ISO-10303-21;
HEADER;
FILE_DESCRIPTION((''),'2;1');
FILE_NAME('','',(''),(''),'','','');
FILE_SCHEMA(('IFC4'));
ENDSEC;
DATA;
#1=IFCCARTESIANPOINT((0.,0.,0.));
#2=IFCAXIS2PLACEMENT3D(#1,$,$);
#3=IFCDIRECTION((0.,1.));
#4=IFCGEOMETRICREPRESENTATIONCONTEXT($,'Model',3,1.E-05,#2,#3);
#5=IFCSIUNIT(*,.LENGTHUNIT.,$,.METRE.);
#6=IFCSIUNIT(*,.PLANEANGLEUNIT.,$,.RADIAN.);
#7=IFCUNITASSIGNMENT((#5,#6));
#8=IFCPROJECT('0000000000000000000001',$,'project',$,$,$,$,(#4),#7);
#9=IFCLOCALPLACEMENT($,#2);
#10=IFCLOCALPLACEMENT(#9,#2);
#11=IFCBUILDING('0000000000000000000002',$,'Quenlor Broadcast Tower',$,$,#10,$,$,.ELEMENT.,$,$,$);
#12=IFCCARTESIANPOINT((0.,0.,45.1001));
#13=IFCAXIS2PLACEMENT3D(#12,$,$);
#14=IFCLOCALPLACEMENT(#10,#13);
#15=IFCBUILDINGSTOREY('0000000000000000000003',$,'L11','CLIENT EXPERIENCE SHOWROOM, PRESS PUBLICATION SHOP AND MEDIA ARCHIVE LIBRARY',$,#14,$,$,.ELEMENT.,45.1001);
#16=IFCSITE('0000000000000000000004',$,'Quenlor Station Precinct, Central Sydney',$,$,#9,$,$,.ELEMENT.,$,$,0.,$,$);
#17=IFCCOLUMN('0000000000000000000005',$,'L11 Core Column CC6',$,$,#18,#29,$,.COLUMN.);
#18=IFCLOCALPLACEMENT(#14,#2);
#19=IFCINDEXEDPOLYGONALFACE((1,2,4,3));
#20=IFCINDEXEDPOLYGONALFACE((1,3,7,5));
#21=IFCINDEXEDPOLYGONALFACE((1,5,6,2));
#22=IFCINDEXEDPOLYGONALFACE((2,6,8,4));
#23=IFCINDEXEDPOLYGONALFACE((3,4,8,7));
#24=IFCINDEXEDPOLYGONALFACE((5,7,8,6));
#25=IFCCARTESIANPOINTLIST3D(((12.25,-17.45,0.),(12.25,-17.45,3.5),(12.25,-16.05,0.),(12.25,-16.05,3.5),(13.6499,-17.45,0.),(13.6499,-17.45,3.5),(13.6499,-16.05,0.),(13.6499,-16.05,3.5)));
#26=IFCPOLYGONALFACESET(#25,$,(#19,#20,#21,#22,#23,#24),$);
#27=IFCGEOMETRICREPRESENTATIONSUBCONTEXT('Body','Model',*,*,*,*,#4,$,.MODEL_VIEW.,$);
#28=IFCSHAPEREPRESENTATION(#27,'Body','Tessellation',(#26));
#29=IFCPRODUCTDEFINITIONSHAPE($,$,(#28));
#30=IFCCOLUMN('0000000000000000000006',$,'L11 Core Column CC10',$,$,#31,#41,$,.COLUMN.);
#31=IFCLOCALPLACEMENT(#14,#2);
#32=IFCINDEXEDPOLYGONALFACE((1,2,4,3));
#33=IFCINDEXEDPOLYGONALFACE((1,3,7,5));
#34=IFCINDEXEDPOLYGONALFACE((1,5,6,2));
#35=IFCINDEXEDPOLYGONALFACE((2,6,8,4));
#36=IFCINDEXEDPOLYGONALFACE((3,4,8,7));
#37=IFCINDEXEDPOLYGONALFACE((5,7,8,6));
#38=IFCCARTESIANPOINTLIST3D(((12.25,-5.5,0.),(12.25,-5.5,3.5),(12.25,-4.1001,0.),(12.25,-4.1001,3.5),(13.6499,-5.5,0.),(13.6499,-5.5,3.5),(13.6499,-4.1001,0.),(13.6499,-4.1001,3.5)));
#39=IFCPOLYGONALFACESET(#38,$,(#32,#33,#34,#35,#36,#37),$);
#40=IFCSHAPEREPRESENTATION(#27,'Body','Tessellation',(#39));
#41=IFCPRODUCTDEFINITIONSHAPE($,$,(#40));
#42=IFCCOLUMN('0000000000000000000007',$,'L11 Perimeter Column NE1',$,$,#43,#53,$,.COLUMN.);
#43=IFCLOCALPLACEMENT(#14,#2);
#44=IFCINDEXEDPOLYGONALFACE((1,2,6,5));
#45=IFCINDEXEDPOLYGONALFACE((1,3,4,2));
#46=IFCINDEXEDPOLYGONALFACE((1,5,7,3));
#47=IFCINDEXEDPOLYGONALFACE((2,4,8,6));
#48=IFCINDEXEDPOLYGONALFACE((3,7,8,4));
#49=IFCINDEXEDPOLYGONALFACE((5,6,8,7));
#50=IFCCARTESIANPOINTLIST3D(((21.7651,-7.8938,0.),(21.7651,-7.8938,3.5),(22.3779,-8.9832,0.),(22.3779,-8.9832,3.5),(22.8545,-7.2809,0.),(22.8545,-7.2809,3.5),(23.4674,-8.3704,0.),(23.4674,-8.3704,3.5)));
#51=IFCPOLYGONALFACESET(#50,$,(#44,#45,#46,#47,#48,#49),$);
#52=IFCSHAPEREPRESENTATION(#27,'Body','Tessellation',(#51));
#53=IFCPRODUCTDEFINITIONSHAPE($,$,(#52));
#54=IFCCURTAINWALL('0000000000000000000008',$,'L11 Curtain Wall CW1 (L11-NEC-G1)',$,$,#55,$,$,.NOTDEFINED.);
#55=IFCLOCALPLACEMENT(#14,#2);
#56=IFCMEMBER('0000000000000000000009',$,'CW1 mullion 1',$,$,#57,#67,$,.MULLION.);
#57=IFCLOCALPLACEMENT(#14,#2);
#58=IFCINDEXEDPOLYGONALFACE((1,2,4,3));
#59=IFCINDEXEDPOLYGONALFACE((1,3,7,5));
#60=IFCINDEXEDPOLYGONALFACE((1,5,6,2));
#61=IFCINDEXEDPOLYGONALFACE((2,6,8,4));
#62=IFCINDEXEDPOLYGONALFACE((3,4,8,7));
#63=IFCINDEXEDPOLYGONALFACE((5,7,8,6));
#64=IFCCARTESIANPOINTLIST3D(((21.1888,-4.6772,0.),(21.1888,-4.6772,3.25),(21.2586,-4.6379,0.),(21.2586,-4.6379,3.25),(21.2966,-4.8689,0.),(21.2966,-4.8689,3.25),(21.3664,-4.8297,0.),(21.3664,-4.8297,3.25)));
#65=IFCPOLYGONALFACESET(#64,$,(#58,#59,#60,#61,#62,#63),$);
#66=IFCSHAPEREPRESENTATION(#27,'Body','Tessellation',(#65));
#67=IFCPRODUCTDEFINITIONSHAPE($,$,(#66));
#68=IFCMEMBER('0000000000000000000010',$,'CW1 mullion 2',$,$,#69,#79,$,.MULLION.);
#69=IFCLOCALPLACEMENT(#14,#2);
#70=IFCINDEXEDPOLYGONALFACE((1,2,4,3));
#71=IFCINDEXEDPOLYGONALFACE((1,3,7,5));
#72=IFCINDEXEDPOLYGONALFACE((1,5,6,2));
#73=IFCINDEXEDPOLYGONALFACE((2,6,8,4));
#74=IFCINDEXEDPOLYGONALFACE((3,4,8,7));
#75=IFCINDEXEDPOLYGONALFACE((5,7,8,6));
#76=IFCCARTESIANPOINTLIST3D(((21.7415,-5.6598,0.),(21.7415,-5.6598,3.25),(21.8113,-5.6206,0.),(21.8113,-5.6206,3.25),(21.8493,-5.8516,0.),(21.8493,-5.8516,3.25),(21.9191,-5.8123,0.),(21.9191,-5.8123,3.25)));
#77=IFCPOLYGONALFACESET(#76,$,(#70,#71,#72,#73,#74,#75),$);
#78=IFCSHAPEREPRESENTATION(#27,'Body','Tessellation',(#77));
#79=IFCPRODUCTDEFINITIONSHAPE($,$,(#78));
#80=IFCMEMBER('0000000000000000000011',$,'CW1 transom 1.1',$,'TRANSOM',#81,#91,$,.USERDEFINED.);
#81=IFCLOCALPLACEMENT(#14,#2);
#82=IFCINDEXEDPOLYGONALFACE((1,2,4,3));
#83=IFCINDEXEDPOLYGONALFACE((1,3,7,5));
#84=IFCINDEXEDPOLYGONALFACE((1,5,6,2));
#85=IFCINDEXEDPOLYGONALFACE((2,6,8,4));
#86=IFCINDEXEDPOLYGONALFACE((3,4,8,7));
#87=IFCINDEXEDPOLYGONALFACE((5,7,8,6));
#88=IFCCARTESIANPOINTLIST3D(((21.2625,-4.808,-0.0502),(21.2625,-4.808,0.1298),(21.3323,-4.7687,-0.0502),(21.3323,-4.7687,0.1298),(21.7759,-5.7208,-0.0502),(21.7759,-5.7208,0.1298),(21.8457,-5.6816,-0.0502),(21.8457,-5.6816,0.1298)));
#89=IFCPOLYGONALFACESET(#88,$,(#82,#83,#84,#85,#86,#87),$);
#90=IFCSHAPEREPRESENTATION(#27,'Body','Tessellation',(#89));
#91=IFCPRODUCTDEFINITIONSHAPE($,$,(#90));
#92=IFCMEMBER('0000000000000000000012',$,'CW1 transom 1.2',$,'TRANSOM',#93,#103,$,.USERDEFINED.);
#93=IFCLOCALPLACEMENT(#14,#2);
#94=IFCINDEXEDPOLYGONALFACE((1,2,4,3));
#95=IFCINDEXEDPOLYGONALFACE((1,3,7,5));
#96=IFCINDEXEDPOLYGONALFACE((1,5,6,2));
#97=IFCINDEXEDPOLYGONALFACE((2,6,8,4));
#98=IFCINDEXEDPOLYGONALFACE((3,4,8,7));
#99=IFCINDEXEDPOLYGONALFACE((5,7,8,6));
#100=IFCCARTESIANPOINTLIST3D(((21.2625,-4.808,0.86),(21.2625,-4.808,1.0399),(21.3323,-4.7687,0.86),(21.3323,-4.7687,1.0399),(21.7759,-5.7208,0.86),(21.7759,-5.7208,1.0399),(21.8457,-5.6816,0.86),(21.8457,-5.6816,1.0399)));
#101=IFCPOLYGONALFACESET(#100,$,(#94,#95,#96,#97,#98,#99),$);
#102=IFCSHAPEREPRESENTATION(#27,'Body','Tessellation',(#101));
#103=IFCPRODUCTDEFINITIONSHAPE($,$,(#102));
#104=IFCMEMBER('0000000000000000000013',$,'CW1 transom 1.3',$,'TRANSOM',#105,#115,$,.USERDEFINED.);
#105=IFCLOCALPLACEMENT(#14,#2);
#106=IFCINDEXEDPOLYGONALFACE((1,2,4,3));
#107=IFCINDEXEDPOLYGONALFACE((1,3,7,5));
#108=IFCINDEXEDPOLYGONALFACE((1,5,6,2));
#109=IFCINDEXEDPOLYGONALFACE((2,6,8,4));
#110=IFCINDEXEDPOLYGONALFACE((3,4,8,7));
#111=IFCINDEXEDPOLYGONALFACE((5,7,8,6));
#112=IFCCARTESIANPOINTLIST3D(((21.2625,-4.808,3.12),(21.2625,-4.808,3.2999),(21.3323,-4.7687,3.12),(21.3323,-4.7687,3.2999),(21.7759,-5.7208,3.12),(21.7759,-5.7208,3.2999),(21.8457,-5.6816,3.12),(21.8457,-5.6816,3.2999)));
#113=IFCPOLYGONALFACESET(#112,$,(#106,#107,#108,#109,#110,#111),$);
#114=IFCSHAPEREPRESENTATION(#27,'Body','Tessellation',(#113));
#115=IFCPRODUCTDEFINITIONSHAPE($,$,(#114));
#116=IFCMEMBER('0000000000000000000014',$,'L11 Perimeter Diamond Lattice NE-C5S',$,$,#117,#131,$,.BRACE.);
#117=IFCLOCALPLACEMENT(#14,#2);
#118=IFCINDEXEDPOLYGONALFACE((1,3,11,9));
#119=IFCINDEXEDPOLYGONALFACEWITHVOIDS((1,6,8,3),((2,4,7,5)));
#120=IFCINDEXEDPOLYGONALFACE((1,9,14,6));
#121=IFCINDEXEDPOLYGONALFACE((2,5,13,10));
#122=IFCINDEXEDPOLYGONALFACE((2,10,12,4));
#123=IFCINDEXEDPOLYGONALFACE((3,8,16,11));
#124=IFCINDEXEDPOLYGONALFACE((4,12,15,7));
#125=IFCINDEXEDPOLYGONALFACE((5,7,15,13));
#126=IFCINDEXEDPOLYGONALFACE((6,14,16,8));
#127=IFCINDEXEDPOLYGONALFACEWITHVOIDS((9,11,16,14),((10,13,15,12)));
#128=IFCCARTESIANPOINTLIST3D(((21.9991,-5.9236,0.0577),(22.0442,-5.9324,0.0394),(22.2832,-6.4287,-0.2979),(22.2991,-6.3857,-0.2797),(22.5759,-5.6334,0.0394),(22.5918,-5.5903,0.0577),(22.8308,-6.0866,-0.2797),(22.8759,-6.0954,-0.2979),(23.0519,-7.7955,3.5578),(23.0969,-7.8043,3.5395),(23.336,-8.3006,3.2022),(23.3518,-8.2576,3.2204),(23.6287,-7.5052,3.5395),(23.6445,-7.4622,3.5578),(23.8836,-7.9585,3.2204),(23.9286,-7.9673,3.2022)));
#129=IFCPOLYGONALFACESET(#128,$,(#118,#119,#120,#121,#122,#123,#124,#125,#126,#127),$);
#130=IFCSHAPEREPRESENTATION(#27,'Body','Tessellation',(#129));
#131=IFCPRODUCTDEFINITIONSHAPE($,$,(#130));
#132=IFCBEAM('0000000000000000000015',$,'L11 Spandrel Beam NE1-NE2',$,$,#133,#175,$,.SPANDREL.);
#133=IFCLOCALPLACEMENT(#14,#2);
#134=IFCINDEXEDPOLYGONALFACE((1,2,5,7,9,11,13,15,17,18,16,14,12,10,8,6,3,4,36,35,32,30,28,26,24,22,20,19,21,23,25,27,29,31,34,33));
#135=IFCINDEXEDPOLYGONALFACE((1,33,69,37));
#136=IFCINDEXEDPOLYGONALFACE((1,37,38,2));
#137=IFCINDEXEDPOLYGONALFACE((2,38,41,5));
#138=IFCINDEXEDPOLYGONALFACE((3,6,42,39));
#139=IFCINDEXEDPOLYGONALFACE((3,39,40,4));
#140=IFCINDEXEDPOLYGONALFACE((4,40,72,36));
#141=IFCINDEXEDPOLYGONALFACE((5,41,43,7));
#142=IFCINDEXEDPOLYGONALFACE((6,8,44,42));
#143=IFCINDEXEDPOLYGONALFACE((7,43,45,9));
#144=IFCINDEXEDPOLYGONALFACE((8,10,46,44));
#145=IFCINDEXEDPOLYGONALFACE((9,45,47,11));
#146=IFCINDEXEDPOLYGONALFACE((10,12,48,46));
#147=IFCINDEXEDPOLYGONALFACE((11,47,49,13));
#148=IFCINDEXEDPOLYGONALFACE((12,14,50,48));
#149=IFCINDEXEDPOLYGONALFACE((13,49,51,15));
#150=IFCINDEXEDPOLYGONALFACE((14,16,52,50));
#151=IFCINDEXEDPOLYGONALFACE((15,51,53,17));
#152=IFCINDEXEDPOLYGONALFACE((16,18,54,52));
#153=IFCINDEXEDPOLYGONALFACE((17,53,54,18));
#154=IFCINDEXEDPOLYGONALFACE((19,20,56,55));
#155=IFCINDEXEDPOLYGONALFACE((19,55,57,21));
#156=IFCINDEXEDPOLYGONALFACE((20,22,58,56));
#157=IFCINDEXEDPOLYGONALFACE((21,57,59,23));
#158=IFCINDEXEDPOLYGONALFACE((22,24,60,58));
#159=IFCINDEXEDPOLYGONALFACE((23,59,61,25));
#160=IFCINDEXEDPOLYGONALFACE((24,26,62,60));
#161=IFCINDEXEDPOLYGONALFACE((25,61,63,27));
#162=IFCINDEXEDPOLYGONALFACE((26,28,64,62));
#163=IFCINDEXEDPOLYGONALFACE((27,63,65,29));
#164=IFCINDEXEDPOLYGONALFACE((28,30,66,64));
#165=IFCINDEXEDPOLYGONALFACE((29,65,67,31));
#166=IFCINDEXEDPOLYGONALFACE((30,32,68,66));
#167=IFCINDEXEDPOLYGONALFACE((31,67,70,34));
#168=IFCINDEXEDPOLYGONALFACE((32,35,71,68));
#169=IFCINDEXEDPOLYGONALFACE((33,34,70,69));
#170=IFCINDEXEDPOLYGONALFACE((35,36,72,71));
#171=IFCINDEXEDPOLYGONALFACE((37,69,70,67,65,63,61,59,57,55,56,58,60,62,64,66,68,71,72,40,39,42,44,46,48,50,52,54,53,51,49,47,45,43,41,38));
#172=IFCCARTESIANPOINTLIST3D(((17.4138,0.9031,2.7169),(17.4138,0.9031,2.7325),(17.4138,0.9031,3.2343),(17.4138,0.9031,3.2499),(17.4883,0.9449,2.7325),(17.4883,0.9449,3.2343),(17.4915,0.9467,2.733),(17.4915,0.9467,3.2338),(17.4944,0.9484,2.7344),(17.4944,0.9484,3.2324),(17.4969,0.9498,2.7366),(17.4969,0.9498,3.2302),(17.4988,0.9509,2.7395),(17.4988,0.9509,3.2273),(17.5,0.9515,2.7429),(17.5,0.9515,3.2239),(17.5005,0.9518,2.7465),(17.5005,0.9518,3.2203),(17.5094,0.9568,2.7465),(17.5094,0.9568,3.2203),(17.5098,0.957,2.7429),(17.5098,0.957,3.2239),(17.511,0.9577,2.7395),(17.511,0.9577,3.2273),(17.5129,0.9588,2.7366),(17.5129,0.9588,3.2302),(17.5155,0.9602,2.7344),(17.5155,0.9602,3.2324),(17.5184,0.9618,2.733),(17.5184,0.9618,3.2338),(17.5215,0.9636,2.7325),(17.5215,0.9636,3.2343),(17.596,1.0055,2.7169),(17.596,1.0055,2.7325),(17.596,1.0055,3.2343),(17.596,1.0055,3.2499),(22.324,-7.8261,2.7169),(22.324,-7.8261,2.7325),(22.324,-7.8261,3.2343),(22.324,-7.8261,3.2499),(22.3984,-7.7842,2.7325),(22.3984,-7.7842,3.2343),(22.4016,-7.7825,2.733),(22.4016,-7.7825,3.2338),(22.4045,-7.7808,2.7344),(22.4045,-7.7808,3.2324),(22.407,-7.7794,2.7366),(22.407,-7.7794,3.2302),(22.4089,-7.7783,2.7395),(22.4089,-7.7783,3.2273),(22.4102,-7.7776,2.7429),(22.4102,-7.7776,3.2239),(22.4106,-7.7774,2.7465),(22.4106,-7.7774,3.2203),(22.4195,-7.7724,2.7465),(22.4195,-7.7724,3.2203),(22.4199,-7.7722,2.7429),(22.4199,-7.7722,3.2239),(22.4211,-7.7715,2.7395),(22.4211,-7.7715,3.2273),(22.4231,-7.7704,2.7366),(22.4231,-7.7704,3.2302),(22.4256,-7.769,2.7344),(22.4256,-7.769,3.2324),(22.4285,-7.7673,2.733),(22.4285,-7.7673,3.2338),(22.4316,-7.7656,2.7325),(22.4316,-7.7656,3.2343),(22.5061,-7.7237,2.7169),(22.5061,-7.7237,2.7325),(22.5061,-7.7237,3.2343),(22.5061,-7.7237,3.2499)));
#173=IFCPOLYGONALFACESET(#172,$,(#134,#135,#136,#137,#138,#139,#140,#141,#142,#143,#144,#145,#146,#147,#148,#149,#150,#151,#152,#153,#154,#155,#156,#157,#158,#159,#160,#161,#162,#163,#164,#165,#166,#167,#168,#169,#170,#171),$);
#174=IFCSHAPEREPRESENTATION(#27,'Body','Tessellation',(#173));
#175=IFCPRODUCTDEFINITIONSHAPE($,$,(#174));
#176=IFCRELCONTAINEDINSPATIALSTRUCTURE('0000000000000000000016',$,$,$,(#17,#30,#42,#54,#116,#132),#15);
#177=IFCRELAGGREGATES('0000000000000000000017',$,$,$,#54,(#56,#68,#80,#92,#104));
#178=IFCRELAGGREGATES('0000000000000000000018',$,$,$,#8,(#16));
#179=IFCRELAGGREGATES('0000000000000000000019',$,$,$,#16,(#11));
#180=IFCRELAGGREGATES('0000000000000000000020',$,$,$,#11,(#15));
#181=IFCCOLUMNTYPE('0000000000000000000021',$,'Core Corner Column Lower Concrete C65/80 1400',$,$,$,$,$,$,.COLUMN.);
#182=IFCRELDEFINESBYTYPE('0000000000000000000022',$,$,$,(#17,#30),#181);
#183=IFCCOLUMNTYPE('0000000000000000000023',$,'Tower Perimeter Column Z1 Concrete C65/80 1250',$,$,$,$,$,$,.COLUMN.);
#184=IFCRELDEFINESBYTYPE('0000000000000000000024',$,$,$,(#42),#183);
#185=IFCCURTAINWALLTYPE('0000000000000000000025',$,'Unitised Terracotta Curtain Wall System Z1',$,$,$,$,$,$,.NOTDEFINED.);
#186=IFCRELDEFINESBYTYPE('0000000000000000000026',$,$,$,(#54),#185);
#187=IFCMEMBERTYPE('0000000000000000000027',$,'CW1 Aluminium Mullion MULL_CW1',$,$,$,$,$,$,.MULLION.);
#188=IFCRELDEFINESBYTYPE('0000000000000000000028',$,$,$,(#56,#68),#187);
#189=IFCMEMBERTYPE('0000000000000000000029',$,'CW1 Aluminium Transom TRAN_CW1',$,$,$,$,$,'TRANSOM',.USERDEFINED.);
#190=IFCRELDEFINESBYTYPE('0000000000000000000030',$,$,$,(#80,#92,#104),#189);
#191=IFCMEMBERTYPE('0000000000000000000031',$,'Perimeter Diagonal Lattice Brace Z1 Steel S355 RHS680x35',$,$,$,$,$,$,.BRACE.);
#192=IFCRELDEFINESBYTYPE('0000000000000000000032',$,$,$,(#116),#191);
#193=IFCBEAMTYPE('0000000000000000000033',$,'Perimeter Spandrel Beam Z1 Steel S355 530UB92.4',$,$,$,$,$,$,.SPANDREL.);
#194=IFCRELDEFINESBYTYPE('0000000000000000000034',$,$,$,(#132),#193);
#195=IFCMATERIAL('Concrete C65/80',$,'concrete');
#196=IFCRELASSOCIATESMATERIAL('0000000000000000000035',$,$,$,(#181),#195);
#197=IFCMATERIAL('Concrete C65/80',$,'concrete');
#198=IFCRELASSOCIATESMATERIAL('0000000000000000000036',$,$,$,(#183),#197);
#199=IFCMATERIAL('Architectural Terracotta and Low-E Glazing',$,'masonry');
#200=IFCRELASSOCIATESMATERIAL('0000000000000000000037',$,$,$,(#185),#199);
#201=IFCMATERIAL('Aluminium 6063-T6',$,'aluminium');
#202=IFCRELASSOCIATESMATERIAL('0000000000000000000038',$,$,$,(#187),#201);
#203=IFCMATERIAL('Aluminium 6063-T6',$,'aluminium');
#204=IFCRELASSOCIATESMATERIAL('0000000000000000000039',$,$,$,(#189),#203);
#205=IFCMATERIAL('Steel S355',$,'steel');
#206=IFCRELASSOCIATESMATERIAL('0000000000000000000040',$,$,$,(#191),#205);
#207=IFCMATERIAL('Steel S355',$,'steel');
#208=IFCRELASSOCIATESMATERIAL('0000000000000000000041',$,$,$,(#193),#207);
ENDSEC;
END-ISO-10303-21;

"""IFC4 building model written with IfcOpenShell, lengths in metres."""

from ifc_helpers import new_model, si_unit, direction, frame, origin, origin_2d, place, context, subcontext, project, spatial, rectangle, hollow_rectangle, i_section, extrude, material, material_profile, profile_set, type_object, element, aggregate, save


model = new_model("IFC4")

# Units and contexts
model_context = context("Model", 3, precision=1e-05, world=origin(), true_north=direction((0.0, 1.0)))
body_context = subcontext(model_context, "Body", "Model", "MODEL_VIEW")
ifc_project = project(units=[si_unit("LENGTHUNIT", "METRE"), si_unit("PLANEANGLEUNIT", "RADIAN")], contexts=[model_context])

# Site, building, storey
site_placement = place(None, origin())
site = spatial("IfcSite", under=ifc_project, at=site_placement, Name="Quenlor Station Precinct, Central Sydney", CompositionType="ELEMENT", RefElevation=0.0)
building_placement = place(site_placement, origin())
building = spatial("IfcBuilding", under=site, at=building_placement, Name="Quenlor Broadcast Tower", CompositionType="ELEMENT")
storey_placement = place(building_placement, frame((0.0, 0.0, 45.1001)))
storey = spatial("IfcBuildingStorey", under=building, at=storey_placement, Name="L11", Description="CLIENT EXPERIENCE SHOWROOM, PRESS PUBLICATION SHOP AND MEDIA ARCHIVE LIBRARY", CompositionType="ELEMENT", Elevation=45.1001)

# Columns
ifc_material_1 = material(Name="Concrete C65/80", Category="concrete")
ifc_material_profile_1 = material_profile(ifc_material_1, rectangle(XDim=1.3999, YDim=1.3999, at=origin_2d()))
ifc_profile_set_1 = profile_set([ifc_material_profile_1], Name="Concrete C65/80 RC1400x1400")
column_type_1 = type_object("IfcColumnType", Name="Core Corner Column Lower Concrete C65/80 1400", PredefinedType="COLUMN", material=ifc_profile_set_1)
for number, where, z_axis, x_axis, name in (
    (1, (12.95, -16.75, 0.0), (0.0, 0.0, 1.0), (1.0, 0.0, 0.0), "L11 Core Column CC6"),
    (2, (12.95, -4.8, 0.0), (0.0, 0.0, 1.0), (1.0, 0.0, 0.0), "L11 Core Column CC10"),
):
    element("IfcColumn", number, at=place(storey_placement, frame(where, z_axis=z_axis, x_axis=x_axis)), inside=storey, type_object=column_type_1, Name=name, PredefinedType="COLUMN", context=body_context, shape_type="SweptSolid", body=[
        extrude(rectangle(XDim=1.3999, YDim=1.3999, at=origin_2d()), origin(), (0.0, 0.0, 1.0), 3.5),
    ])
ifc_material_2 = material(Name="Concrete C65/80", Category="concrete")
ifc_material_profile_2 = material_profile(ifc_material_2, rectangle(XDim=1.25, YDim=1.25, at=origin_2d()))
ifc_profile_set_2 = profile_set([ifc_material_profile_2], Name="Concrete C65/80 RC1250x1250")
column_type_2 = type_object("IfcColumnType", Name="Tower Perimeter Column Z1 Concrete C65/80 1250", PredefinedType="COLUMN", material=ifc_profile_set_2)
column_placement = place(storey_placement, frame((22.6162, -8.1321, 0.0), z_axis=(0.0, 0.0, 1.0), x_axis=(0.871575, 0.490262, 0.0)))
element("IfcColumn", 3, at=column_placement, inside=storey, type_object=column_type_2, Name="L11 Perimeter Column NE1", PredefinedType="COLUMN", context=body_context, shape_type="SweptSolid", body=[
    extrude(rectangle(XDim=1.25, YDim=1.25, at=origin_2d()), origin(), (0.0, 0.0, 1.0), 3.5),
])

# Curtain wall, members
ifc_material_3 = material(Name="Architectural Terracotta and Low-E Glazing", Category="masonry")
curtain_wall_type = type_object("IfcCurtainWallType", Name="Unitised Terracotta Curtain Wall System Z1", PredefinedType="NOTDEFINED", material=ifc_material_3)
curtain_wall_placement = place(storey_placement, origin())
curtain_wall = element("IfcCurtainWall", 4, at=curtain_wall_placement, inside=storey, type_object=curtain_wall_type, Name="L11 Curtain Wall CW1 (L11-NEC-G1)", PredefinedType="NOTDEFINED")
ifc_material_4 = material(Name="Aluminium 6063-T6", Category="aluminium")
ifc_material_profile_3 = material_profile(ifc_material_4, rectangle(XDim=0.0801, YDim=0.22, at=origin_2d()))
ifc_profile_set_3 = profile_set([ifc_material_profile_3], Name="Aluminium 6063-T6 MULL80x220")
member_type_1 = type_object("IfcMemberType", Name="CW1 Aluminium Mullion MULL_CW1", PredefinedType="MULLION", material=ifc_profile_set_3)
member_1_placement = place(storey_placement, frame((21.2776, -4.7534, 0.0), z_axis=(0.0, 0.0, 1.0), x_axis=(0.871602, 0.490214, 0.0)))
member_1 = element("IfcMember", 5, at=member_1_placement, type_object=member_type_1, Name="CW1 mullion 1", PredefinedType="MULLION", context=body_context, shape_type="SweptSolid", body=[
    extrude(rectangle(XDim=0.0801, YDim=0.22, at=origin_2d()), origin(), (0.0, 0.0, 1.0), 3.25),
])
member_2_placement = place(storey_placement, frame((21.8303, -5.7361, 0.0), z_axis=(0.0, 0.0, 1.0), x_axis=(0.871602, 0.490214, 0.0)))
member_2 = element("IfcMember", 6, at=member_2_placement, type_object=member_type_1, Name="CW1 mullion 2", PredefinedType="MULLION", context=body_context, shape_type="SweptSolid", body=[
    extrude(rectangle(XDim=0.0801, YDim=0.22, at=origin_2d()), origin(), (0.0, 0.0, 1.0), 3.25),
])
ifc_material_5 = material(Name="Aluminium 6063-T6", Category="aluminium")
ifc_material_profile_4 = material_profile(ifc_material_5, rectangle(XDim=0.0801, YDim=0.1799, at=origin_2d()))
ifc_profile_set_4 = profile_set([ifc_material_profile_4], Name="Aluminium 6063-T6 TRAN80x180")
member_type_2 = type_object("IfcMemberType", Name="CW1 Aluminium Transom TRAN_CW1", ElementType="TRANSOM", PredefinedType="USERDEFINED", material=ifc_profile_set_4)
member_3_placement = place(storey_placement, frame((21.2974, -4.7883, 0.0398), z_axis=(0.490228, -0.871594, 0.0), x_axis=(0.871594, 0.490228, 0.0)))
member_3 = element("IfcMember", 7, at=member_3_placement, type_object=member_type_2, Name="CW1 transom 1.1", ObjectType="TRANSOM", PredefinedType="USERDEFINED", context=body_context, shape_type="SweptSolid", body=[
    extrude(rectangle(XDim=0.0801, YDim=0.1799, at=origin_2d()), origin(), (0.0, 0.0, 1.0), 1.0474),
])
member_4_placement = place(storey_placement, frame((21.2974, -4.7883, 0.95), z_axis=(0.490228, -0.871594, 0.0), x_axis=(0.871594, 0.490228, 0.0)))
member_4 = element("IfcMember", 8, at=member_4_placement, type_object=member_type_2, Name="CW1 transom 1.2", ObjectType="TRANSOM", PredefinedType="USERDEFINED", context=body_context, shape_type="SweptSolid", body=[
    extrude(rectangle(XDim=0.0801, YDim=0.1799, at=origin_2d()), origin(), (0.0, 0.0, 1.0), 1.0474),
])
member_5_placement = place(storey_placement, frame((21.2974, -4.7883, 3.21), z_axis=(0.490228, -0.871594, 0.0), x_axis=(0.871594, 0.490228, 0.0)))
member_5 = element("IfcMember", 9, at=member_5_placement, type_object=member_type_2, Name="CW1 transom 1.3", ObjectType="TRANSOM", PredefinedType="USERDEFINED", context=body_context, shape_type="SweptSolid", body=[
    extrude(rectangle(XDim=0.0801, YDim=0.1799, at=origin_2d()), origin(), (0.0, 0.0, 1.0), 1.0474),
])

# Member
ifc_material_6 = material(Name="Steel S355", Category="steel")
ifc_material_profile_5 = material_profile(ifc_material_6, hollow_rectangle(XDim=0.6799, YDim=0.6799, WallThickness=0.0349, at=origin_2d()))
ifc_profile_set_5 = profile_set([ifc_material_profile_5], Name="Steel S355 RHS680x680x35")
member_type_3 = type_object("IfcMemberType", Name="Perimeter Diagonal Lattice Brace Z1 Steel S355 RHS680x35", PredefinedType="BRACE", material=ifc_profile_set_5)
member_6_placement = place(storey_placement, frame((22.4375, -6.0095, -0.1201), z_axis=(0.256368, -0.455839, 0.852342), x_axis=(0.871609, 0.490202, 0.0)))
element("IfcMember", 10, at=member_6_placement, inside=storey, type_object=member_type_3, Name="L11 Perimeter Diamond Lattice NE-C5S", PredefinedType="BRACE", context=body_context, shape_type="SweptSolid", body=[
    extrude(hollow_rectangle(XDim=0.6799, YDim=0.6799, WallThickness=0.0349, at=origin_2d()), origin(), (0.0, 0.0, 1.0), 4.1064),
])

# Beam
ifc_material_7 = material(Name="Steel S355", Category="steel")
ifc_material_profile_6 = material_profile(ifc_material_7, i_section(OverallWidth=0.209, OverallDepth=0.533, WebThickness=0.0103, FlangeThickness=0.0156, FilletRadius=0.0139, at=origin_2d()))
ifc_profile_set_6 = profile_set([ifc_material_profile_6], Name="Steel S355 530UB92.4")
beam_type_1 = type_object("IfcBeamType", Name="Perimeter Spandrel Beam Z1 Steel S355 530UB92.4", PredefinedType="SPANDREL", material=ifc_profile_set_6)
beam_1_placement = place(storey_placement, frame((22.415, -7.7749, 2.9834), z_axis=(-0.490258, 0.871577, 0.0), x_axis=(-0.871577, -0.490258, 0.0)))
element("IfcBeam", 11, at=beam_1_placement, inside=storey, type_object=beam_type_1, Name="L11 Spandrel Beam NE1-NE2", PredefinedType="SPANDREL", context=body_context, shape_type="SweptSolid", body=[
    extrude(i_section(OverallWidth=0.209, OverallDepth=0.533, WebThickness=0.0103, FlangeThickness=0.0156, FilletRadius=0.0139, at=origin_2d()), origin(), (0.0, 0.0, 1.0), 10.0154),
])

aggregate(curtain_wall, [member_1, member_2, member_3, member_4, member_5])

save(model, "model.ifc")
